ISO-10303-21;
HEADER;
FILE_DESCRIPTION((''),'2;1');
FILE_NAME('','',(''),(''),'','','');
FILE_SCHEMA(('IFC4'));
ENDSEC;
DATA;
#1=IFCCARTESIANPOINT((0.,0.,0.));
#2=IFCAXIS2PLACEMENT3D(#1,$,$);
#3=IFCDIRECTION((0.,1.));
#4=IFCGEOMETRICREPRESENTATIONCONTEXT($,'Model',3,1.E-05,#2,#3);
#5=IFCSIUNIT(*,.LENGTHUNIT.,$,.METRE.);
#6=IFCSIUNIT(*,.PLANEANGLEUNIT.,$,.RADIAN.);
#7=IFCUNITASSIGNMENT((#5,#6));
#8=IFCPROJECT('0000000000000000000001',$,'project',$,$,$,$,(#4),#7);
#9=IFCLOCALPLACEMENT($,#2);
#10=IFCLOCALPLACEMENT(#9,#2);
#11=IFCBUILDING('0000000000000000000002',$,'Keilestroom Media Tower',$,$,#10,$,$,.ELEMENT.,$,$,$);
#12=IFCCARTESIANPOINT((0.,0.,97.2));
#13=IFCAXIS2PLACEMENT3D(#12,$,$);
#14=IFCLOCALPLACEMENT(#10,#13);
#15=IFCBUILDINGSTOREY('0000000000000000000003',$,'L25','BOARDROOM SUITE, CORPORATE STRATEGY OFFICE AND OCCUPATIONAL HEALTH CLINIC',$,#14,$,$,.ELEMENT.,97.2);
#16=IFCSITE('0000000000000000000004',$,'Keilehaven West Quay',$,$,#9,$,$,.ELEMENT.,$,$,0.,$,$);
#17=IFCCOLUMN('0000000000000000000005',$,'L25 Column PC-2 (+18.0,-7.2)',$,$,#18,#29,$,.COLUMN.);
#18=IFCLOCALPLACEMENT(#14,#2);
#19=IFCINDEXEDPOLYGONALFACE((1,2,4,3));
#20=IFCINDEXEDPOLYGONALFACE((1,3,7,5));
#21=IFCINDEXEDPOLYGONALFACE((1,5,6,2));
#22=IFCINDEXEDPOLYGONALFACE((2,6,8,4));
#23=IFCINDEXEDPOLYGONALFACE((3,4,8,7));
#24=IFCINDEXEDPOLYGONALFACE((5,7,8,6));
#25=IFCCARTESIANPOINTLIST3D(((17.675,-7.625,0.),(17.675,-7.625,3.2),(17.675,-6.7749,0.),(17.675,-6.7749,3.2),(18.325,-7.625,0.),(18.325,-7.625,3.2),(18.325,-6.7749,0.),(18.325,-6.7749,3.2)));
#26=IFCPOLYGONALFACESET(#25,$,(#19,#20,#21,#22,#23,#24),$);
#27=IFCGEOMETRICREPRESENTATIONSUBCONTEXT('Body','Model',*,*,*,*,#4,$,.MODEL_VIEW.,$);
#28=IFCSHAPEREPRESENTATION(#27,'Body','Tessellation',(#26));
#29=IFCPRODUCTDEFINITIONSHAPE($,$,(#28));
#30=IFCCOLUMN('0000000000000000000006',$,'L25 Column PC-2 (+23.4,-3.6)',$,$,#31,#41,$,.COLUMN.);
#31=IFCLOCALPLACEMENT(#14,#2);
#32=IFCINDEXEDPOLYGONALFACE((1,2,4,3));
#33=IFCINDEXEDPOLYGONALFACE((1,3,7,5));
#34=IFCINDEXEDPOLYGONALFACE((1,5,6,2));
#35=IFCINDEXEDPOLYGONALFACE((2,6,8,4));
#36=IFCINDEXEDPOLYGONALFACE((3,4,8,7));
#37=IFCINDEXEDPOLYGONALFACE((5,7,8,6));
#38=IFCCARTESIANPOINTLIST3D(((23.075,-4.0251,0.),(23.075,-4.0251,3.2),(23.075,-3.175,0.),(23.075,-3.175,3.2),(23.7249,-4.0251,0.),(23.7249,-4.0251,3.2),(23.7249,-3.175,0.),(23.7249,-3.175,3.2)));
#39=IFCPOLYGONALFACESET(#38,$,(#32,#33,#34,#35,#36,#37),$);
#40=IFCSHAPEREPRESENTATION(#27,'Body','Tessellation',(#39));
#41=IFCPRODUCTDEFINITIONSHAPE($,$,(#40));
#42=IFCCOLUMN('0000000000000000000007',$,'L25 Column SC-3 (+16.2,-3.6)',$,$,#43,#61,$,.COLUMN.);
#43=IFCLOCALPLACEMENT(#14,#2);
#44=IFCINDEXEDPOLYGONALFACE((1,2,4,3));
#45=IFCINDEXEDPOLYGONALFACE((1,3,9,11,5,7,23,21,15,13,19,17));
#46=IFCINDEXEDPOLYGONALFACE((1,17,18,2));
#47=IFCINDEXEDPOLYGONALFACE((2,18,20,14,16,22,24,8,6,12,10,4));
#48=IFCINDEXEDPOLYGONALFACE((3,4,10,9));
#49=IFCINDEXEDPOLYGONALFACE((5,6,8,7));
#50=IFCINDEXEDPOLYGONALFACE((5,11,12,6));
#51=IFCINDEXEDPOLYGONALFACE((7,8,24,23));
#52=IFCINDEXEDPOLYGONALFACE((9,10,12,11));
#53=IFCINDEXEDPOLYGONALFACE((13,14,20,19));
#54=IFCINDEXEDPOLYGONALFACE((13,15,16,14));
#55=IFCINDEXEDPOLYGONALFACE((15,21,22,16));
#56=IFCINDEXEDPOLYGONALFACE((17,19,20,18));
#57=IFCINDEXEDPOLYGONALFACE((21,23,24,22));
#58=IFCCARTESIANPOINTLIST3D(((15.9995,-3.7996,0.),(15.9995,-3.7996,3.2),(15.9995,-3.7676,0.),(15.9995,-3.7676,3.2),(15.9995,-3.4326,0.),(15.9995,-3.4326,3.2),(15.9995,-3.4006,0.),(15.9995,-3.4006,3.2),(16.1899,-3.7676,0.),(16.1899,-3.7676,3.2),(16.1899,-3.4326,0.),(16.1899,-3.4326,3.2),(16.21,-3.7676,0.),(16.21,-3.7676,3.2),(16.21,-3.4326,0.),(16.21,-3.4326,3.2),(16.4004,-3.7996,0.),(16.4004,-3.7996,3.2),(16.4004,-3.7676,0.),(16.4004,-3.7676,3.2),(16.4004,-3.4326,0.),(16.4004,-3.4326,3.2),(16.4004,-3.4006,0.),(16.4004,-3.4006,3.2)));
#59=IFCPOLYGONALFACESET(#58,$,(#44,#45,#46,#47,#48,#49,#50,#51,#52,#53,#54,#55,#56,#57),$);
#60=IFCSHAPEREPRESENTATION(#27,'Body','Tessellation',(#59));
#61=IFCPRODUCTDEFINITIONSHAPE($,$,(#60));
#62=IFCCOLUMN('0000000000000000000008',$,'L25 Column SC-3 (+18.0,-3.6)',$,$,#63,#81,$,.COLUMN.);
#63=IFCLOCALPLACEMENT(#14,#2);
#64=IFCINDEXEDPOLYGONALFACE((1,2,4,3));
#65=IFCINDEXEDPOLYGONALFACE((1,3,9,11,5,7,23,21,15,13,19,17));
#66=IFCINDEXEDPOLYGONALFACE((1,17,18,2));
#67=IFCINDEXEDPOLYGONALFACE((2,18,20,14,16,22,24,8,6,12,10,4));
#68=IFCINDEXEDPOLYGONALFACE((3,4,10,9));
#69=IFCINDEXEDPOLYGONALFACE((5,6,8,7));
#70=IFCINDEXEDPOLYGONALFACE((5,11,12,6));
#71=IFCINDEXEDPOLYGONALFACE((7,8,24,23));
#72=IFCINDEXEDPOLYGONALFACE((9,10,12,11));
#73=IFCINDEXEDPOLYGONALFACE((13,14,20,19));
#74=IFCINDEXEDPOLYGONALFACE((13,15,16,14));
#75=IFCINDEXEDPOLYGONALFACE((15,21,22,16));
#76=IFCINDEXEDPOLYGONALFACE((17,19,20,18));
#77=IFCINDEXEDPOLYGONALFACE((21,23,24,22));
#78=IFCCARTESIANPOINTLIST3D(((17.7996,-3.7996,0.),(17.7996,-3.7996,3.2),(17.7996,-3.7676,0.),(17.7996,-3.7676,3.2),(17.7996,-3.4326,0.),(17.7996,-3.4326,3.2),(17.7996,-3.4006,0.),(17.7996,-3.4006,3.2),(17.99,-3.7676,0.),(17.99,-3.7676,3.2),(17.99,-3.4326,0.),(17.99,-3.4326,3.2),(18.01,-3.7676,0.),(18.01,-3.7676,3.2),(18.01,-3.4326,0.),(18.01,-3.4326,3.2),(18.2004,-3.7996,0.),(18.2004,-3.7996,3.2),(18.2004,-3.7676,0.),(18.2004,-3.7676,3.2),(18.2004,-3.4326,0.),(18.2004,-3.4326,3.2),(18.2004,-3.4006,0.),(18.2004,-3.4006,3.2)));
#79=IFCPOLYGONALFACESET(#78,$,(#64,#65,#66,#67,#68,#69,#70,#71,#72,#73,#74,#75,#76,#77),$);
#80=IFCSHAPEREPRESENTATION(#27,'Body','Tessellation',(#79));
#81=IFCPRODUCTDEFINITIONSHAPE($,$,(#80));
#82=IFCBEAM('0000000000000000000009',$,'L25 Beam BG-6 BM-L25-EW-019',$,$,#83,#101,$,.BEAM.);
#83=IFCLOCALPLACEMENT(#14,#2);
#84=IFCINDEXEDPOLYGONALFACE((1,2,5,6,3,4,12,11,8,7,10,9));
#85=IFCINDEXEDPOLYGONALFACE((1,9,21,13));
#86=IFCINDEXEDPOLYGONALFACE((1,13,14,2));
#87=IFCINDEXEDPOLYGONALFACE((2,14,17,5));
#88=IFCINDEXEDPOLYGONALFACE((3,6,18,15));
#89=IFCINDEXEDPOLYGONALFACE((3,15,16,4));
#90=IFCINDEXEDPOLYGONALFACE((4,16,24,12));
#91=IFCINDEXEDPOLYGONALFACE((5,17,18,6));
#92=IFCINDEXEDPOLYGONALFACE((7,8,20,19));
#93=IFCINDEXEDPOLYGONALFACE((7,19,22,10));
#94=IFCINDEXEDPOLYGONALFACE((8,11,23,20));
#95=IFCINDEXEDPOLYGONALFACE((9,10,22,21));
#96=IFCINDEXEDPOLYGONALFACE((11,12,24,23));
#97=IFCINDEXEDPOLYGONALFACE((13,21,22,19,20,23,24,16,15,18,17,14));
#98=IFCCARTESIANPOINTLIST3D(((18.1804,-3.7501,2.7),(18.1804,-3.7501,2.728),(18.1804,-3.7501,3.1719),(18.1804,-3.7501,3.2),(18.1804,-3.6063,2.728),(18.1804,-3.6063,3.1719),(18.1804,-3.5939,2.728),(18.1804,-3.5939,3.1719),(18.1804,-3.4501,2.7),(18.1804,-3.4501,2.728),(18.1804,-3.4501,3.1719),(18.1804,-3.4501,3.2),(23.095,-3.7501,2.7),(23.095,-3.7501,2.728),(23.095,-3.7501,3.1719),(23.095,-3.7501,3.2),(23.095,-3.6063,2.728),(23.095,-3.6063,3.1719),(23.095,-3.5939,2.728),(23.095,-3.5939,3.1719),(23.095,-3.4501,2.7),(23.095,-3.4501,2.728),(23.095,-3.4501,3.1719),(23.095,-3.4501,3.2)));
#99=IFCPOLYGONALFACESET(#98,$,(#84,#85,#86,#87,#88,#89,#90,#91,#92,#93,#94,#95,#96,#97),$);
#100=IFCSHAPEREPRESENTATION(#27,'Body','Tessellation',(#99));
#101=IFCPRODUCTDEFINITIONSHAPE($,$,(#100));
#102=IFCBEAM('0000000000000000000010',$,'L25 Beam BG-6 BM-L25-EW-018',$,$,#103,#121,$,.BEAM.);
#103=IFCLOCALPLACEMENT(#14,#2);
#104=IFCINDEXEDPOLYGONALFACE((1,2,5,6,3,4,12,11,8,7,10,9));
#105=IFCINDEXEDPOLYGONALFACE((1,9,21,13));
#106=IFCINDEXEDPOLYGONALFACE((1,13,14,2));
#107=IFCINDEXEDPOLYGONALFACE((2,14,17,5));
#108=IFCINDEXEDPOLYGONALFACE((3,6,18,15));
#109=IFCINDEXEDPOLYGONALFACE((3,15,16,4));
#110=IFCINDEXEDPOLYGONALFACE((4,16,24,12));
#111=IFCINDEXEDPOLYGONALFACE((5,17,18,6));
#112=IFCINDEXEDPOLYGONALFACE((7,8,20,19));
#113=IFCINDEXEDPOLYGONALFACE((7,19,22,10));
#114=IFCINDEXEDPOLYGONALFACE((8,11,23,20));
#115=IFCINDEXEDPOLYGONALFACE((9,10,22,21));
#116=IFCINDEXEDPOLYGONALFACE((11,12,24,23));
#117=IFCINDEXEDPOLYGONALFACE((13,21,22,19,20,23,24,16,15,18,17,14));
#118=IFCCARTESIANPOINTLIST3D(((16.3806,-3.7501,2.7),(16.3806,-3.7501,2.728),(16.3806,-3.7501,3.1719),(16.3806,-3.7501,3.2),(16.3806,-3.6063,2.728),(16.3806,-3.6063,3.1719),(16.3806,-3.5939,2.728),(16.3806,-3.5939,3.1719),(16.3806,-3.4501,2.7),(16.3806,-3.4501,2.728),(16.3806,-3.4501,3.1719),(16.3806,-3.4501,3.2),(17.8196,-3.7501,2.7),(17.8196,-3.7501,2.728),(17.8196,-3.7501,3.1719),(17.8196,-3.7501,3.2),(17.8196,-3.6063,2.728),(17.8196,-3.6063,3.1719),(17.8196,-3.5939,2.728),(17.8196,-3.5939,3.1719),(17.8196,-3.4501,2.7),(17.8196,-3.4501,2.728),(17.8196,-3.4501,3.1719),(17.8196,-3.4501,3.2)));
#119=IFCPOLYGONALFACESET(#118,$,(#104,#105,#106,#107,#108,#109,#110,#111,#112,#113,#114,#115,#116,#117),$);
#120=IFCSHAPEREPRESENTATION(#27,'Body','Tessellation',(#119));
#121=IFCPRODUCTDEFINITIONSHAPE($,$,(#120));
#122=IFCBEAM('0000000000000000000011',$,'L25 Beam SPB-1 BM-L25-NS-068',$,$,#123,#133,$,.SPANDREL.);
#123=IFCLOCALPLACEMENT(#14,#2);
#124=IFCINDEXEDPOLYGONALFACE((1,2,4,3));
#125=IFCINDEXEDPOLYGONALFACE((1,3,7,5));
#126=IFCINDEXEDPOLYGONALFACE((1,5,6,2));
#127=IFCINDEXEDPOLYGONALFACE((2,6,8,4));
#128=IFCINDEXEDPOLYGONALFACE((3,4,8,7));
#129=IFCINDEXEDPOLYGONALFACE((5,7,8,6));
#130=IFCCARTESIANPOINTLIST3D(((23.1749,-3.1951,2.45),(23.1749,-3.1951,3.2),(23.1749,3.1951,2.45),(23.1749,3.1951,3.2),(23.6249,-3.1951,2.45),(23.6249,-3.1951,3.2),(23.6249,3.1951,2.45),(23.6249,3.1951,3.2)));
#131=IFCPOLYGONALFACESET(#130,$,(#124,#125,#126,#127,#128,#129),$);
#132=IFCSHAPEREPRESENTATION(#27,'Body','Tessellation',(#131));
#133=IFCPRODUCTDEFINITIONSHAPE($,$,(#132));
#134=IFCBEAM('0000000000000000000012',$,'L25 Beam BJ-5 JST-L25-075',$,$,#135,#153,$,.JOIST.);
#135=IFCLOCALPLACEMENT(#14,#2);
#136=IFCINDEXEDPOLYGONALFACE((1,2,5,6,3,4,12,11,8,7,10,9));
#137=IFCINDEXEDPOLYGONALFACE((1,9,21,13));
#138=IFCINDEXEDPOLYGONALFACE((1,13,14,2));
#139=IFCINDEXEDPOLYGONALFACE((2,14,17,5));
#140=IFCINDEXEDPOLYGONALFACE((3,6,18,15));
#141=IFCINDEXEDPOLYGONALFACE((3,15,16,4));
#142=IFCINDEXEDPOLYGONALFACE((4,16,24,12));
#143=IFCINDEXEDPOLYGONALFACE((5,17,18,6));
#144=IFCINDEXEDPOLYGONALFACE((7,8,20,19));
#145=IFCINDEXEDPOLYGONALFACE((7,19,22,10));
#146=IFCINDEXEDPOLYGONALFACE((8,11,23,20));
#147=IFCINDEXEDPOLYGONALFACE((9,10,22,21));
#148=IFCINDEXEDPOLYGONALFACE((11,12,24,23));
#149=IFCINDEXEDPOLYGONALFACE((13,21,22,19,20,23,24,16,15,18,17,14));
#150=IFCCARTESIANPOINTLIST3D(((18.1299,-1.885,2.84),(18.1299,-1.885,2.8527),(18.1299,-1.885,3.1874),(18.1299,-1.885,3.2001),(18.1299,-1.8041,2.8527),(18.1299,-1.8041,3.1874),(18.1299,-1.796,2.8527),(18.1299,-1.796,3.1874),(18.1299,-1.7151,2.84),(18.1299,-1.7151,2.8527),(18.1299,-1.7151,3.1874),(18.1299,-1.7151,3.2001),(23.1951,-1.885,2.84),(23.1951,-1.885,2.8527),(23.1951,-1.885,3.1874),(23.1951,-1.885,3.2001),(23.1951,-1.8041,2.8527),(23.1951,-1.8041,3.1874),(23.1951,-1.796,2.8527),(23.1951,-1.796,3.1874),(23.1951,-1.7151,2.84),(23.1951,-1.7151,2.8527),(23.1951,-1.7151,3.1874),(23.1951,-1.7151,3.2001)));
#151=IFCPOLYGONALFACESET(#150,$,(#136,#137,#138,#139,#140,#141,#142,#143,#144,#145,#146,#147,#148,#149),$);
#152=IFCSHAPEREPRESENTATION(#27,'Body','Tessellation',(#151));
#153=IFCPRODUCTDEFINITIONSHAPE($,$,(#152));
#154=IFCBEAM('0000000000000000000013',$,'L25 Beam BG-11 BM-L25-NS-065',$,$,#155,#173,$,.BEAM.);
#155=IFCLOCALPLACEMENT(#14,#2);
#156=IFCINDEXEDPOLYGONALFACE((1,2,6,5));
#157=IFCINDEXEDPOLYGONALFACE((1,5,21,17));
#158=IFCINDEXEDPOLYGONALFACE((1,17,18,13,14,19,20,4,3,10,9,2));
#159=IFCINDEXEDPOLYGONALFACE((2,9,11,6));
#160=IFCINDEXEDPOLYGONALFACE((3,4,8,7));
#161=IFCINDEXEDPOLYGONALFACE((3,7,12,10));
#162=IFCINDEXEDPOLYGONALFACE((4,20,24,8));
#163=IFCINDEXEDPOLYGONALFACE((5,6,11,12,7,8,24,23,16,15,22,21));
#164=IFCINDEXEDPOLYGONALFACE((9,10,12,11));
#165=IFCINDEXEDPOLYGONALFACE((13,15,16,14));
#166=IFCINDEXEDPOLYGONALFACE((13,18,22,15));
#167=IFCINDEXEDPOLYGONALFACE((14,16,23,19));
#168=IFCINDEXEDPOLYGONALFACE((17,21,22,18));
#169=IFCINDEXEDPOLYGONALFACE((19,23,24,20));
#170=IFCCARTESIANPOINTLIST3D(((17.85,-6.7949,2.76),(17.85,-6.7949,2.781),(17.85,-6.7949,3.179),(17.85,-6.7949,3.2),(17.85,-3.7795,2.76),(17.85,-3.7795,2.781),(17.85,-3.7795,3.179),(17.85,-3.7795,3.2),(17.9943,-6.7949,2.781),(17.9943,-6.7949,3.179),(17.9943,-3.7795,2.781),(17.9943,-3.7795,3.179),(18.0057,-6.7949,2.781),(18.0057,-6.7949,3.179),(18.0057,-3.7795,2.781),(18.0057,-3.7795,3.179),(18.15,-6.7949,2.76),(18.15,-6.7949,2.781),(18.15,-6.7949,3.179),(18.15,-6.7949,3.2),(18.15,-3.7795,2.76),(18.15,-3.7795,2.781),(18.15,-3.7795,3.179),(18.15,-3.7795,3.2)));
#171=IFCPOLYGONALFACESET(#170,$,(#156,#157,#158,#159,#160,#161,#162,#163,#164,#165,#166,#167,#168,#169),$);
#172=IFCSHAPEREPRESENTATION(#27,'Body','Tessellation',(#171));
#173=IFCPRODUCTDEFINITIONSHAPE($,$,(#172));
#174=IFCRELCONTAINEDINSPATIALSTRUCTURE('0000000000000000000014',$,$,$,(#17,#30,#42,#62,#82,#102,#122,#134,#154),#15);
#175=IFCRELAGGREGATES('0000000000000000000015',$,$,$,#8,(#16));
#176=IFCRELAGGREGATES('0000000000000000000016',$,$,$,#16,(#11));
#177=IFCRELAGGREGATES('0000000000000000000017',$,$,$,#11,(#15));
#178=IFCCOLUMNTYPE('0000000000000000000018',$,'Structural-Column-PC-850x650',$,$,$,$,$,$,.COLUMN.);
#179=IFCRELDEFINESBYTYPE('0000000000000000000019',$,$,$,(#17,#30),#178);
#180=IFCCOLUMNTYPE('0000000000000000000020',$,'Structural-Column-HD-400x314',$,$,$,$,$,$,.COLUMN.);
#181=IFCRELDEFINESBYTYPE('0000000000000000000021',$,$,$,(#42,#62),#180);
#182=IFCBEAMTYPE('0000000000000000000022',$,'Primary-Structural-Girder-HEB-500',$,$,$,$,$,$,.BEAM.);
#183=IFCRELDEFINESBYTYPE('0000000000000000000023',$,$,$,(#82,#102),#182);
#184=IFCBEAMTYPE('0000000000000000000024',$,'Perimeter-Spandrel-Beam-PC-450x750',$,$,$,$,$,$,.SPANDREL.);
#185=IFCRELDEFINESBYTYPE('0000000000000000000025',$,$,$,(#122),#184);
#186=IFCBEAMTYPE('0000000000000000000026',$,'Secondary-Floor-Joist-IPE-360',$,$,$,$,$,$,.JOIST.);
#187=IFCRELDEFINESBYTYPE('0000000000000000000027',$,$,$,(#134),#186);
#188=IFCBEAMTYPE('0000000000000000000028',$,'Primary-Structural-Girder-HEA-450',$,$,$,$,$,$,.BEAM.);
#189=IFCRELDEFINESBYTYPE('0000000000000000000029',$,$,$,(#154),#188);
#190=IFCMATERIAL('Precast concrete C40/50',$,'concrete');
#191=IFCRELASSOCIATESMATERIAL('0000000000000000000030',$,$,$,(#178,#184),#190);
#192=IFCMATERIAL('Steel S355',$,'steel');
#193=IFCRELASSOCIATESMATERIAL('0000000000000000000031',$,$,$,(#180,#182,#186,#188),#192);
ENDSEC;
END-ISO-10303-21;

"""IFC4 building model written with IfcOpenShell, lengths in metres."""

from ifc_helpers import new_model, si_unit, direction, frame, origin, origin_2d, place, context, subcontext, project, spatial, rectangle, i_section, extrude, source, transform, mapped, material, material_profile, profile_set, type_object, element, save


model = new_model("IFC4")

# Units and contexts
model_context = context("Model", 3, precision=1e-05, world=origin(), true_north=direction((0.0, 1.0)))
body_context = subcontext(model_context, "Body", "Model", "MODEL_VIEW")
ifc_project = project(units=[si_unit("LENGTHUNIT", "METRE"), si_unit("PLANEANGLEUNIT", "RADIAN")], contexts=[model_context])

# Site, building, storey
site_placement = place(None, origin())
site = spatial("IfcSite", under=ifc_project, at=site_placement, Name="Keilehaven West Quay", CompositionType="ELEMENT", RefElevation=0.0)
building_placement = place(site_placement, origin())
building = spatial("IfcBuilding", under=site, at=building_placement, Name="Keilestroom Media Tower", CompositionType="ELEMENT")
storey_placement = place(building_placement, frame((0.0, 0.0, 97.2)))
storey = spatial("IfcBuildingStorey", under=building, at=storey_placement, Name="L25", Description="BOARDROOM SUITE, CORPORATE STRATEGY OFFICE AND OCCUPATIONAL HEALTH CLINIC", CompositionType="ELEMENT", Elevation=97.2)

# Columns
ifc_material_1 = material(Name="Precast concrete C40/50", Category="concrete")
ifc_material_profile_1 = material_profile(ifc_material_1, rectangle(XDim=0.6499, YDim=0.8501, at=origin_2d()), Name="PC 850x650")
ifc_profile_set_1 = profile_set([ifc_material_profile_1], Name="Precast concrete C40/50")
column_type_1 = type_object("IfcColumnType", Name="Structural-Column-PC-850x650", PredefinedType="COLUMN", material=ifc_profile_set_1)
shared_shape_1 = source(origin(), body_context, "Body", "SweptSolid", [
    extrude(rectangle(XDim=0.6499, YDim=0.8501, at=origin_2d()), origin(), (0.0, 0.0, 1.0), 3.2),
])
for number, where, z_axis, x_axis, name in (
    (1, (18.0, -7.2, 0.0), (0.0, 0.0, 1.0), (1.0, 0.0, 0.0), "L25 Column PC-2 (+18.0,-7.2)"),
    (2, (23.3999, -3.6001, 0.0), (0.0, 0.0, 1.0), (1.0, 0.0, 0.0), "L25 Column PC-2 (+23.4,-3.6)"),
):
    element("IfcColumn", number, at=place(storey_placement, frame(where, z_axis=z_axis, x_axis=x_axis)), inside=storey, type_object=column_type_1, Name=name, PredefinedType="COLUMN", context=body_context, shape_type="MappedRepresentation", body=[
        mapped(shared_shape_1, transform((0.0, 0.0, 0.0), x_axis=(1.0, 0.0, 0.0), y_axis=(0.0, 1.0, 0.0), z_axis=(0.0, 0.0, 1.0), scale=1.0)),
    ])
ifc_material_2 = material(Name="Steel S355", Category="steel")
ifc_material_profile_2 = material_profile(ifc_material_2, i_section(OverallWidth=0.4009, OverallDepth=0.3989, WebThickness=0.02, FlangeThickness=0.032, at=origin_2d()), Name="HD 400x314")
ifc_profile_set_2 = profile_set([ifc_material_profile_2], Name="Steel S355")
column_type_2 = type_object("IfcColumnType", Name="Structural-Column-HD-400x314", PredefinedType="COLUMN", material=ifc_profile_set_2)
shared_shape_2 = source(origin(), body_context, "Body", "SweptSolid", [
    extrude(i_section(OverallWidth=0.4009, OverallDepth=0.3989, WebThickness=0.02, FlangeThickness=0.032, at=origin_2d()), origin(), (0.0, 0.0, 1.0), 3.2),
])
for number, where, z_axis, x_axis, name in (
    (3, (16.2, -3.6001, 0.0), (0.0, 0.0, 1.0), (1.0, 0.0, 0.0), "L25 Column SC-3 (+16.2,-3.6)"),
    (4, (18.0, -3.6001, 0.0), (0.0, 0.0, 1.0), (1.0, 0.0, 0.0), "L25 Column SC-3 (+18.0,-3.6)"),
):
    element("IfcColumn", number, at=place(storey_placement, frame(where, z_axis=z_axis, x_axis=x_axis)), inside=storey, type_object=column_type_2, Name=name, PredefinedType="COLUMN", context=body_context, shape_type="MappedRepresentation", body=[
        mapped(shared_shape_2, transform((0.0, 0.0, 0.0), x_axis=(1.0, 0.0, 0.0), y_axis=(0.0, 1.0, 0.0), z_axis=(0.0, 0.0, 1.0), scale=1.0)),
    ])

# Beams
ifc_material_profile_3 = material_profile(ifc_material_2, i_section(OverallWidth=0.3, OverallDepth=0.5, WebThickness=0.0125, FlangeThickness=0.0281, at=origin_2d()), Name="HEB 500")
ifc_profile_set_3 = profile_set([ifc_material_profile_3], Name="Steel S355")
beam_type_1 = type_object("IfcBeamType", Name="Primary-Structural-Girder-HEB-500", PredefinedType="BEAM", material=ifc_profile_set_3)
shared_shape_3 = source(origin(), body_context, "Body", "SweptSolid", [
    extrude(i_section(OverallWidth=0.3, OverallDepth=0.5, WebThickness=0.0125, FlangeThickness=0.0281, at=origin_2d()), origin(), (0.0, 0.0, 1.0), 4.9146),
])
beam_1_placement = place(storey_placement, frame((18.1804, -3.6001, 2.95), z_axis=(1.0, 0.0, 0.0), x_axis=(0.0, 1.0, 0.0)))
element("IfcBeam", 5, at=beam_1_placement, inside=storey, type_object=beam_type_1, Name="L25 Beam BG-6 BM-L25-EW-019", PredefinedType="BEAM", context=body_context, shape_type="MappedRepresentation", body=[
    mapped(shared_shape_3, transform((0.0, 0.0, 0.0), x_axis=(1.0, 0.0, 0.0), y_axis=(0.0, 1.0, 0.0), z_axis=(0.0, 0.0, 1.0), scale=1.0)),
])
shared_shape_4 = source(origin(), body_context, "Body", "SweptSolid", [
    extrude(i_section(OverallWidth=0.3, OverallDepth=0.5, WebThickness=0.0125, FlangeThickness=0.0281, at=origin_2d()), origin(), (0.0, 0.0, 1.0), 1.439),
])
beam_2_placement = place(storey_placement, frame((16.3806, -3.6001, 2.95), z_axis=(1.0, 0.0, 0.0), x_axis=(0.0, 1.0, 0.0)))
element("IfcBeam", 6, at=beam_2_placement, inside=storey, type_object=beam_type_1, Name="L25 Beam BG-6 BM-L25-EW-018", PredefinedType="BEAM", context=body_context, shape_type="MappedRepresentation", body=[
    mapped(shared_shape_4, transform((0.0, 0.0, 0.0), x_axis=(1.0, 0.0, 0.0), y_axis=(0.0, 1.0, 0.0), z_axis=(0.0, 0.0, 1.0), scale=1.0)),
])
ifc_material_profile_4 = material_profile(ifc_material_1, rectangle(XDim=0.45, YDim=0.75, at=origin_2d()), Name="PC 450x750")
ifc_profile_set_4 = profile_set([ifc_material_profile_4], Name="Precast concrete C40/50")
beam_type_2 = type_object("IfcBeamType", Name="Perimeter-Spandrel-Beam-PC-450x750", PredefinedType="SPANDREL", material=ifc_profile_set_4)
shared_shape_5 = source(origin(), body_context, "Body", "SweptSolid", [
    extrude(rectangle(XDim=0.45, YDim=0.75, at=origin_2d()), origin(), (0.0, 0.0, 1.0), 6.3901),
])
beam_3_placement = place(storey_placement, frame((23.3999, -3.1951, 2.825), z_axis=(0.0, 1.0, 0.0), x_axis=(-1.0, 0.0, 0.0)))
element("IfcBeam", 7, at=beam_3_placement, inside=storey, type_object=beam_type_2, Name="L25 Beam SPB-1 BM-L25-NS-068", PredefinedType="SPANDREL", context=body_context, shape_type="MappedRepresentation", body=[
    mapped(shared_shape_5, transform((0.0, 0.0, 0.0), x_axis=(1.0, 0.0, 0.0), y_axis=(0.0, 1.0, 0.0), z_axis=(0.0, 0.0, 1.0), scale=1.0)),
])
ifc_material_profile_5 = material_profile(ifc_material_2, i_section(OverallWidth=0.1699, OverallDepth=0.3601, WebThickness=0.0081, FlangeThickness=0.0127, at=origin_2d()), Name="IPE 360")
ifc_profile_set_5 = profile_set([ifc_material_profile_5], Name="Steel S355")
beam_type_3 = type_object("IfcBeamType", Name="Secondary-Floor-Joist-IPE-360", PredefinedType="JOIST", material=ifc_profile_set_5)
shared_shape_6 = source(origin(), body_context, "Body", "SweptSolid", [
    extrude(i_section(OverallWidth=0.1699, OverallDepth=0.3601, WebThickness=0.0081, FlangeThickness=0.0127, at=origin_2d()), origin(), (0.0, 0.0, 1.0), 5.0652),
])
beam_4_placement = place(storey_placement, frame((18.1299, -1.8, 3.02), z_axis=(1.0, 0.0, 0.0), x_axis=(0.0, 1.0, 0.0)))
element("IfcBeam", 8, at=beam_4_placement, inside=storey, type_object=beam_type_3, Name="L25 Beam BJ-5 JST-L25-075", PredefinedType="JOIST", context=body_context, shape_type="MappedRepresentation", body=[
    mapped(shared_shape_6, transform((0.0, 0.0, 0.0), x_axis=(1.0, 0.0, 0.0), y_axis=(0.0, 1.0, 0.0), z_axis=(0.0, 0.0, 1.0), scale=1.0)),
])
ifc_material_profile_6 = material_profile(ifc_material_2, i_section(OverallWidth=0.3, OverallDepth=0.4399, WebThickness=0.0115, FlangeThickness=0.021, at=origin_2d()), Name="HEA 450")
ifc_profile_set_6 = profile_set([ifc_material_profile_6], Name="Steel S355")
beam_type_4 = type_object("IfcBeamType", Name="Primary-Structural-Girder-HEA-450", PredefinedType="BEAM", material=ifc_profile_set_6)
shared_shape_7 = source(origin(), body_context, "Body", "SweptSolid", [
    extrude(i_section(OverallWidth=0.3, OverallDepth=0.4399, WebThickness=0.0115, FlangeThickness=0.021, at=origin_2d()), origin(), (0.0, 0.0, 1.0), 3.0154),
])
beam_5_placement = place(storey_placement, frame((18.0, -6.7949, 2.98), z_axis=(0.0, 1.0, 0.0), x_axis=(-1.0, 0.0, 0.0)))
element("IfcBeam", 9, at=beam_5_placement, inside=storey, type_object=beam_type_4, Name="L25 Beam BG-11 BM-L25-NS-065", PredefinedType="BEAM", context=body_context, shape_type="MappedRepresentation", body=[
    mapped(shared_shape_7, transform((0.0, 0.0, 0.0), x_axis=(1.0, 0.0, 0.0), y_axis=(0.0, 1.0, 0.0), z_axis=(0.0, 0.0, 1.0), scale=1.0)),
])

save(model, "model.ifc")
